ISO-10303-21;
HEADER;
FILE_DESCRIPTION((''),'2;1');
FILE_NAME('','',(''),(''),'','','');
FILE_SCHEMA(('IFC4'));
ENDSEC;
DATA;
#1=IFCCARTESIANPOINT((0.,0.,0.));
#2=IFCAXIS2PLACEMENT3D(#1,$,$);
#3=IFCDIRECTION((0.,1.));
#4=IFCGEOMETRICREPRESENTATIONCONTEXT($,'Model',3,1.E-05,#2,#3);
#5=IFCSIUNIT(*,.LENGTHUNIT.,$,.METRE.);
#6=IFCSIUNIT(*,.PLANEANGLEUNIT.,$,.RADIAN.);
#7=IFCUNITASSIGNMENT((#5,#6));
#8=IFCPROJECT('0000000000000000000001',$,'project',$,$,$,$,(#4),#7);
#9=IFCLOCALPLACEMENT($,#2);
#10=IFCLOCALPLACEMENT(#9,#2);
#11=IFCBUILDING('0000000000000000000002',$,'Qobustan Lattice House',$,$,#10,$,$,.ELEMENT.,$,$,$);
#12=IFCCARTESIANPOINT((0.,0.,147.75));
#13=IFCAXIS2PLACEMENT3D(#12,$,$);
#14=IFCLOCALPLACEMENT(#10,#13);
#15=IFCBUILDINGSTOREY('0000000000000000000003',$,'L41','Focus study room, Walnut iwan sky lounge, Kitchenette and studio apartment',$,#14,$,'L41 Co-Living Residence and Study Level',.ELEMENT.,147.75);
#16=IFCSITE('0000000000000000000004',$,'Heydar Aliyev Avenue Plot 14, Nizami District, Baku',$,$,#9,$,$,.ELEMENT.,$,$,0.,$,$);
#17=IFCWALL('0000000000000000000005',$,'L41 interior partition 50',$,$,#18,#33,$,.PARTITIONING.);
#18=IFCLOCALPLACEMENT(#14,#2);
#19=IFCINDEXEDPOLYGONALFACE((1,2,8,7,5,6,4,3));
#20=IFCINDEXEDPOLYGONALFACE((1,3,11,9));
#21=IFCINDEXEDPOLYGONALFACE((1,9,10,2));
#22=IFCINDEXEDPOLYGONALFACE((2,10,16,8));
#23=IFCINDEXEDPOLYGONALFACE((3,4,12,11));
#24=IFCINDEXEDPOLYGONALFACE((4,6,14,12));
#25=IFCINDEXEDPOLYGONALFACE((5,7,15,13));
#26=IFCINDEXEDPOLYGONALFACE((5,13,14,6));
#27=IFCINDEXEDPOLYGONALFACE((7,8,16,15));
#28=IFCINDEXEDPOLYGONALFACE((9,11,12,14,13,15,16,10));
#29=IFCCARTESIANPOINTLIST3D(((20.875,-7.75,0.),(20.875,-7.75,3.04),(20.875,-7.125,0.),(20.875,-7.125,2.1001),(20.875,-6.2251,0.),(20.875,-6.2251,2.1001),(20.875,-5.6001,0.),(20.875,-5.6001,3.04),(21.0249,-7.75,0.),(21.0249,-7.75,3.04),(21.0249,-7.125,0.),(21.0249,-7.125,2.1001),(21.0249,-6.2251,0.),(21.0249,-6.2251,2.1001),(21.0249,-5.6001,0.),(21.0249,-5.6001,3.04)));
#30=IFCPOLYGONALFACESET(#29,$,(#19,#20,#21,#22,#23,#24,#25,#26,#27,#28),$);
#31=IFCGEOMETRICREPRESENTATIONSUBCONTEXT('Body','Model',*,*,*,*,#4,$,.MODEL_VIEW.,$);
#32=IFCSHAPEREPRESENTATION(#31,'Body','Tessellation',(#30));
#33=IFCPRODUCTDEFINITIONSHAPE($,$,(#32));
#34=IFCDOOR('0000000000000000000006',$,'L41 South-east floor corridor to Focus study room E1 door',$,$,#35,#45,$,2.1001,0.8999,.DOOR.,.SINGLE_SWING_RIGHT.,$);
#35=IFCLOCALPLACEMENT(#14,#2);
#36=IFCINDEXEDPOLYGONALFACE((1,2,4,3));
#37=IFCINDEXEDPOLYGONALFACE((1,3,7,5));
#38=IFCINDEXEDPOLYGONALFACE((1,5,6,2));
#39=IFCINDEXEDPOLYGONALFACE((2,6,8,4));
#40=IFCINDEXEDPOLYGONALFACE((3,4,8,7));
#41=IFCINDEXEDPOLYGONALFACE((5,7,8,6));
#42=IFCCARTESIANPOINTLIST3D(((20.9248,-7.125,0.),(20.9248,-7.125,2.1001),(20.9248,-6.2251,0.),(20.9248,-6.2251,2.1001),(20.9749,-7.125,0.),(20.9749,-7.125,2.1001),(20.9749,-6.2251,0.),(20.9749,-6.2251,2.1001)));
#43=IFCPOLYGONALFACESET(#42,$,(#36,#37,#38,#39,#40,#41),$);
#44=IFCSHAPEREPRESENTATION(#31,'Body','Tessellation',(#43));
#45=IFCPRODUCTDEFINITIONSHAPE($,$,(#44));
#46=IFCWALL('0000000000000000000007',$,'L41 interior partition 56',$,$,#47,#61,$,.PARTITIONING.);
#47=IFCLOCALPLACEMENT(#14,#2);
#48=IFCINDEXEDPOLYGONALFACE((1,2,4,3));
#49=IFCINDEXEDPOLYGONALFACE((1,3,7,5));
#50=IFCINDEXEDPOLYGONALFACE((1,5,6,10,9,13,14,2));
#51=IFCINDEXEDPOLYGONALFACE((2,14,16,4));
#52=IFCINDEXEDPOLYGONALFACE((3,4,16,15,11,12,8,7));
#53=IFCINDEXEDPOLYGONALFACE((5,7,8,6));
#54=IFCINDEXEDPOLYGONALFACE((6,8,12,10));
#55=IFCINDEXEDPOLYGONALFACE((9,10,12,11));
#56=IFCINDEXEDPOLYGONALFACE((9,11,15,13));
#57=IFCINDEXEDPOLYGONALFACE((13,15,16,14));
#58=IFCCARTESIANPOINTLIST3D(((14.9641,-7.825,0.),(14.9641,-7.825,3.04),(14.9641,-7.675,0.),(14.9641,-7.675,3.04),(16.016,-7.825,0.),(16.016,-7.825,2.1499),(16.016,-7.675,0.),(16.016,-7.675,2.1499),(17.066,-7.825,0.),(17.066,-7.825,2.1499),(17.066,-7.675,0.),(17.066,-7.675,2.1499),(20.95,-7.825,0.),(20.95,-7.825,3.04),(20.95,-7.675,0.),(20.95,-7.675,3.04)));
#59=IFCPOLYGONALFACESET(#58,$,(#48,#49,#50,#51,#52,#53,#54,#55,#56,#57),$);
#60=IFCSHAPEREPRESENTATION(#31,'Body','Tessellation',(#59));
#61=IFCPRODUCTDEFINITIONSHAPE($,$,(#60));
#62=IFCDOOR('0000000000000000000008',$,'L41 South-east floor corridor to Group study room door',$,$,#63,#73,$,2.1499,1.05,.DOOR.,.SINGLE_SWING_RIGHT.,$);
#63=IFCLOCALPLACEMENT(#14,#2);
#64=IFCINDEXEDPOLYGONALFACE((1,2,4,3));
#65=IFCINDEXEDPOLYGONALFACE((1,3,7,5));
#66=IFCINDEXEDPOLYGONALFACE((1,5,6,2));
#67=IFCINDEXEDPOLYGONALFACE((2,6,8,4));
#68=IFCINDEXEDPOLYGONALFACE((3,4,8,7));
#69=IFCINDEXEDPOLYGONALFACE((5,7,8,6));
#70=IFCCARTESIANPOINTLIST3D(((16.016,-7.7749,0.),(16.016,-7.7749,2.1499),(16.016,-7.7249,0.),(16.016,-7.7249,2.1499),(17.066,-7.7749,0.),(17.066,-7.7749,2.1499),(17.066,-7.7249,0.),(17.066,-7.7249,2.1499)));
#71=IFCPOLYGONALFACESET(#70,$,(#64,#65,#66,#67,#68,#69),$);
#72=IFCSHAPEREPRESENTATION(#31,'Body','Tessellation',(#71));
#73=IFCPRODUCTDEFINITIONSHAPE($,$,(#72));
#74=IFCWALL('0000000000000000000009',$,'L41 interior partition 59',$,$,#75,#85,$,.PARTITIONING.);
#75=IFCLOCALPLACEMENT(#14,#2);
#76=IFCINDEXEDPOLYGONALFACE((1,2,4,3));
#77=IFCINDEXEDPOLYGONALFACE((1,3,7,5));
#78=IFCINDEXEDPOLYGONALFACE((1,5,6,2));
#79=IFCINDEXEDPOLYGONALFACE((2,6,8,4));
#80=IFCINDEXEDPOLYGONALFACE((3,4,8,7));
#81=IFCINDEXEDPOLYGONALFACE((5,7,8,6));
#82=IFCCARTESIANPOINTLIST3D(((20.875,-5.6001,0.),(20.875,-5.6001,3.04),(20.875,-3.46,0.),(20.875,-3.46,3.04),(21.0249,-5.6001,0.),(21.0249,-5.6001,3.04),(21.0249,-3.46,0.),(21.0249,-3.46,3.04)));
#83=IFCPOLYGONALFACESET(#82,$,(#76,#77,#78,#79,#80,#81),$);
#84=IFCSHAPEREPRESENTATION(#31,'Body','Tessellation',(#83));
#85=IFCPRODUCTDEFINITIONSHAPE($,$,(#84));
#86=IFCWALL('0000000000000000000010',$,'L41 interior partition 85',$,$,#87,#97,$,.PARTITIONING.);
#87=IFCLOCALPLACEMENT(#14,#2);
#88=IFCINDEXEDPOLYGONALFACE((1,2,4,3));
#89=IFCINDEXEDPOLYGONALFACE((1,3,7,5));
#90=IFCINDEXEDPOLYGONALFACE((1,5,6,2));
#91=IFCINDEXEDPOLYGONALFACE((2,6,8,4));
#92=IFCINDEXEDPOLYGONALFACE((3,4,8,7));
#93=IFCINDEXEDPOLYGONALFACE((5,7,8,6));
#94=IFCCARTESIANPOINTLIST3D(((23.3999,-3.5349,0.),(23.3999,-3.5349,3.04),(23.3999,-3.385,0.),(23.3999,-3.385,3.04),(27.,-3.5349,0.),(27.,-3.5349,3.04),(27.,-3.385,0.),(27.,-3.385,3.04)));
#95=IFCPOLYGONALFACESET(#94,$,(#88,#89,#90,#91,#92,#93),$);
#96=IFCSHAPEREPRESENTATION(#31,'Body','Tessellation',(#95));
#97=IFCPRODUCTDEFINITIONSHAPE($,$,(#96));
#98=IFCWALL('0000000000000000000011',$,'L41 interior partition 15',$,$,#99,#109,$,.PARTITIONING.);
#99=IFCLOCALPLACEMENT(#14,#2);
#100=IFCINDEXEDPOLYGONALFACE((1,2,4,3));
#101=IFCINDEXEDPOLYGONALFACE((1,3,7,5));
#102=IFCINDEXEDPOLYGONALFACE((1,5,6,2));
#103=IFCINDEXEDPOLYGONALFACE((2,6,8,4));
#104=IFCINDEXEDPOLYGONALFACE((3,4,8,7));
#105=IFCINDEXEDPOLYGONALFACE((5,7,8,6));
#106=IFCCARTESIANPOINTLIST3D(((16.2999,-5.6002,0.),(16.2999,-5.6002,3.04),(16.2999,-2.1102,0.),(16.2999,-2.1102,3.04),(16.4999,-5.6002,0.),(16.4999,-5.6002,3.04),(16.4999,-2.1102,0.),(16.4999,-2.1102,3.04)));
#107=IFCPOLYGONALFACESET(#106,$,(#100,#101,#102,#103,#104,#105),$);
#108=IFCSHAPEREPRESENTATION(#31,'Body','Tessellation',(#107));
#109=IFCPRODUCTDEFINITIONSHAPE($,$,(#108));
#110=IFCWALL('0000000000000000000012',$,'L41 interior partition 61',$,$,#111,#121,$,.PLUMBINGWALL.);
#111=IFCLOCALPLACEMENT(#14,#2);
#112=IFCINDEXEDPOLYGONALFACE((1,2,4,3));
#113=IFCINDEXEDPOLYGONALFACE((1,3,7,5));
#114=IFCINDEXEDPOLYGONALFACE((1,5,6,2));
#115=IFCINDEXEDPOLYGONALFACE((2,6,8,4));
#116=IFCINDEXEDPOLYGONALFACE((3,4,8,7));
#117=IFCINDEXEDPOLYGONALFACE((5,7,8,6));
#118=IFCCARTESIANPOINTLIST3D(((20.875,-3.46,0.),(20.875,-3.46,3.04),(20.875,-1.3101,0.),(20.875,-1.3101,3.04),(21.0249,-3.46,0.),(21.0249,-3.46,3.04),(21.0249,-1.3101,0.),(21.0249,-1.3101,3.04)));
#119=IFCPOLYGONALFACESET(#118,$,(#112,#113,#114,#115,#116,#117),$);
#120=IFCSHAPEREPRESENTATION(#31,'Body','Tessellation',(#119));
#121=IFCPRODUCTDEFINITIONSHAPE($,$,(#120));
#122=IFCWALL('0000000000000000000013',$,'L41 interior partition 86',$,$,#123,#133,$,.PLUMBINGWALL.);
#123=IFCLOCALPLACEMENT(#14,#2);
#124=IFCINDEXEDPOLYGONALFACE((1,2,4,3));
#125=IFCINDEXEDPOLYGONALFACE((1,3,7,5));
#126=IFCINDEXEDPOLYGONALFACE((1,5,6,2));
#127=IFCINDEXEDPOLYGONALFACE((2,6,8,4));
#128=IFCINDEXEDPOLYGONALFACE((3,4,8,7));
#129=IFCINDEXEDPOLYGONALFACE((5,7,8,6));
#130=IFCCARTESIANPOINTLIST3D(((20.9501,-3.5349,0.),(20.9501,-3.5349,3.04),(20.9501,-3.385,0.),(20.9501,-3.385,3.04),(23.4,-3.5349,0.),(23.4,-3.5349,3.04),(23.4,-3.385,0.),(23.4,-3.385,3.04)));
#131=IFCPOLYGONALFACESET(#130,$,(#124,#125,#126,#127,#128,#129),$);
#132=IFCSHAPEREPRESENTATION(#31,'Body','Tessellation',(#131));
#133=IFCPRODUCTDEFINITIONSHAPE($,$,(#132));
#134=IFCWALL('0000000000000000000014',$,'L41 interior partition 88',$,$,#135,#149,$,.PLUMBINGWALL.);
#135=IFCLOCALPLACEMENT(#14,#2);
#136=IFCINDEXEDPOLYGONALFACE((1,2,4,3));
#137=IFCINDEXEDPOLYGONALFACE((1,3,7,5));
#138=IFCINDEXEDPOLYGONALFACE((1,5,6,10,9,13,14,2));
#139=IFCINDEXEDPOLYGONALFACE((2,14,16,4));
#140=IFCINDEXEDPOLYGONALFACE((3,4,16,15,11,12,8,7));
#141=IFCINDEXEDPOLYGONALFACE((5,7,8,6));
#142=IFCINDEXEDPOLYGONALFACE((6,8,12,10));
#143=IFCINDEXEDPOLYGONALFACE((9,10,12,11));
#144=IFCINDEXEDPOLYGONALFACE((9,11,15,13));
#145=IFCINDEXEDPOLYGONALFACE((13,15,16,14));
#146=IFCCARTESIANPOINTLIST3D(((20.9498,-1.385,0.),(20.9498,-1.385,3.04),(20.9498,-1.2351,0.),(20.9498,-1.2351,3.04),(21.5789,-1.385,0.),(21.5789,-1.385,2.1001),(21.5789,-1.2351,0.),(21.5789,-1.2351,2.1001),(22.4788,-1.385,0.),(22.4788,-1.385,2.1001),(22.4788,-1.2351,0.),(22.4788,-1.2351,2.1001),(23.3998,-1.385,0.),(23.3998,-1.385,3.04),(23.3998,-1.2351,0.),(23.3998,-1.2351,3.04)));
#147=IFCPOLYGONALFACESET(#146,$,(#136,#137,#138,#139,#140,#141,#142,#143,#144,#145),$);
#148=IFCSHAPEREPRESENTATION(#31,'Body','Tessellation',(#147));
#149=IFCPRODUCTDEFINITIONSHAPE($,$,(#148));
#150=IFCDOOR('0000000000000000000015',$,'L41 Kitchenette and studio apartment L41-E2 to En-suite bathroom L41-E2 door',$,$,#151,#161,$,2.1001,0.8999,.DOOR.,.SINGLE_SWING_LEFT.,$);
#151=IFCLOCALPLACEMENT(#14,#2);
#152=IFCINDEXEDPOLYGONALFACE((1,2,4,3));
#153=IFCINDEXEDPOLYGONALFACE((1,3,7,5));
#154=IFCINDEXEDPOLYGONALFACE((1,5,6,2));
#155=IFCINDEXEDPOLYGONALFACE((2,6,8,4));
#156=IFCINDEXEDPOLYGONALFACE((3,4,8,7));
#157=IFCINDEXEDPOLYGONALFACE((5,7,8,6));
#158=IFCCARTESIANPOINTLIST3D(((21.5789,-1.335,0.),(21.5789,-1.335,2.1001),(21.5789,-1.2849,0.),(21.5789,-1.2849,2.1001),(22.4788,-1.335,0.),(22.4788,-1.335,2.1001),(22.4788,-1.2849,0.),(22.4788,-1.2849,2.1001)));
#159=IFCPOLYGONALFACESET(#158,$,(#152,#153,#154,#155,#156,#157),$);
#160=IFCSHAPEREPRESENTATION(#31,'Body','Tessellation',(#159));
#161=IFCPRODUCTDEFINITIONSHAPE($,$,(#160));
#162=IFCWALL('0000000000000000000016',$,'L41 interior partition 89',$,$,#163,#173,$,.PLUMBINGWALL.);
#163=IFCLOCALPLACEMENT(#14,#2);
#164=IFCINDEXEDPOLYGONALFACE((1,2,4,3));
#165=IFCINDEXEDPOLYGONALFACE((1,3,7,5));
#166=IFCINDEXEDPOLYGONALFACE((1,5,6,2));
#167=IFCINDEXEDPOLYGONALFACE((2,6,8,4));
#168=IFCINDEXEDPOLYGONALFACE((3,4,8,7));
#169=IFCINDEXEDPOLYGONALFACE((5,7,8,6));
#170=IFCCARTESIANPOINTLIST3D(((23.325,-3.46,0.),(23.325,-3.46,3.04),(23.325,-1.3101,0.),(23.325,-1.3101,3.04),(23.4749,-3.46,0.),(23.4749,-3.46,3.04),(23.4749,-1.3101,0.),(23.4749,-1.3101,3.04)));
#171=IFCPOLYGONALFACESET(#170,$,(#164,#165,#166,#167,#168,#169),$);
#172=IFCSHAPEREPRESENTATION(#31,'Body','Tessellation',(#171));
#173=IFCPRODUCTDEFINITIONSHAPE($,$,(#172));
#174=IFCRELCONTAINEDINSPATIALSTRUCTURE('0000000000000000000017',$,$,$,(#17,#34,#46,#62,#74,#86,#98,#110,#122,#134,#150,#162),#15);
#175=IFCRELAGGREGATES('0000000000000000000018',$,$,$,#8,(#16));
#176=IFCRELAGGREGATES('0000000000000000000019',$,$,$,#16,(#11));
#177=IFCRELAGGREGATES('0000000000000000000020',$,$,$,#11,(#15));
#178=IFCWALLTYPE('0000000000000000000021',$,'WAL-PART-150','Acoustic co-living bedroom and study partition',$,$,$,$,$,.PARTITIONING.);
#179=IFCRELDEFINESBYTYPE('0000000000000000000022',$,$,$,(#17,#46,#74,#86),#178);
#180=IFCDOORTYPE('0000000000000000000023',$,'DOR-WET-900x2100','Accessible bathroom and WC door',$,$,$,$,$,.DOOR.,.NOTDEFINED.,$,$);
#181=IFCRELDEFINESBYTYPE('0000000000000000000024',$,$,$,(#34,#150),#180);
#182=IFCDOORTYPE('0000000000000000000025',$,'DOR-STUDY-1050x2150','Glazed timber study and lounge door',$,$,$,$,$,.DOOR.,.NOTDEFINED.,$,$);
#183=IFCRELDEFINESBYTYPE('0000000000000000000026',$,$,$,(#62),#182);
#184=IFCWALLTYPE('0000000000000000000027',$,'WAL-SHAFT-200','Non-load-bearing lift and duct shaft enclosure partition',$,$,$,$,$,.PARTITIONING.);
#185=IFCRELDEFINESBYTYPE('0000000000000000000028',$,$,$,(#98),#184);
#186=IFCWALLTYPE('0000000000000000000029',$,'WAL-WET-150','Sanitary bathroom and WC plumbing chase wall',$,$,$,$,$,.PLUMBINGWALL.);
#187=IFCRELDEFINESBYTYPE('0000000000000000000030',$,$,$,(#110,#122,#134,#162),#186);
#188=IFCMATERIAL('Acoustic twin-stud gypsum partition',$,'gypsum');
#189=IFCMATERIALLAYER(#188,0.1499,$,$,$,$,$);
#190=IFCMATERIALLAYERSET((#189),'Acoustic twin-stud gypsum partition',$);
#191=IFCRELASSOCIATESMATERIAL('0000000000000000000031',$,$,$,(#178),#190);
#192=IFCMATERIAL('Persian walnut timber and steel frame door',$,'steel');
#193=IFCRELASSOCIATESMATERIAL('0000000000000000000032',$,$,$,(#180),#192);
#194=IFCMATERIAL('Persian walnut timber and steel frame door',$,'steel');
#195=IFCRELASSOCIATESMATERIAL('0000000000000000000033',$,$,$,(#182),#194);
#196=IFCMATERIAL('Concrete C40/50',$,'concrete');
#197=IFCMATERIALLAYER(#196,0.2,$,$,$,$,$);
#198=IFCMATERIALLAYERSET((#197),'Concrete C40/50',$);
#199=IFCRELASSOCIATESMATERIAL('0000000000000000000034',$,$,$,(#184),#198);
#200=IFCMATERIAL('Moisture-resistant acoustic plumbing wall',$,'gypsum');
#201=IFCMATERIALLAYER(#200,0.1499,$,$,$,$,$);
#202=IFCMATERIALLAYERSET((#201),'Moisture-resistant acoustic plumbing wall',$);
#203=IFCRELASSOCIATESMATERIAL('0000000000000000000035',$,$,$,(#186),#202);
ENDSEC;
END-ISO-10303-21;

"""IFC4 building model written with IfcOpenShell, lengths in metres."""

from ifc_helpers import new_model, si_unit, direction, frame, frame_2d, origin, place, context, subcontext, project, spatial, rectangle, extrude, material, layer, layer_set, type_object, element, fill, save


model = new_model("IFC4")

# Units and contexts
model_context = context("Model", 3, precision=1e-05, world=origin(), true_north=direction((0.0, 1.0)))
body_context = subcontext(model_context, "Body", "Model", "MODEL_VIEW")
ifc_project = project(units=[si_unit("LENGTHUNIT", "METRE"), si_unit("PLANEANGLEUNIT", "RADIAN")], contexts=[model_context])

# Site, building, storey
site_placement = place(None, origin())
site = spatial("IfcSite", under=ifc_project, at=site_placement, Name="Heydar Aliyev Avenue Plot 14, Nizami District, Baku", CompositionType="ELEMENT", RefElevation=0.0)
building_placement = place(site_placement, origin())
building = spatial("IfcBuilding", under=site, at=building_placement, Name="Qobustan Lattice House", CompositionType="ELEMENT")
storey_placement = place(building_placement, frame((0.0, 0.0, 147.75)))
storey = spatial("IfcBuildingStorey", under=building, at=storey_placement, Name="L41", Description="Focus study room, Walnut iwan sky lounge, Kitchenette and studio apartment", LongName="L41 Co-Living Residence and Study Level", CompositionType="ELEMENT", Elevation=147.75)

# Walls, openings, doors
ifc_material_1 = material(Name="Acoustic twin-stud gypsum partition", Category="gypsum")
ifc_layer_1 = layer(ifc_material_1, 0.1499)
ifc_layer_set_1 = layer_set([ifc_layer_1], Name="Acoustic twin-stud gypsum partition")
wall_type_1 = type_object("IfcWallType", Name="WAL-PART-150", Description="Acoustic co-living bedroom and study partition", PredefinedType="PARTITIONING", material=ifc_layer_set_1)
wall_1_placement = place(storey_placement, frame((20.95, -5.6001, 0.0), z_axis=(0.0, 0.0, 1.0), x_axis=(0.0, -1.0, 0.0)))
wall_1 = element("IfcWall", 1, at=wall_1_placement, inside=storey, type_object=wall_type_1, Name="L41 interior partition 50", PredefinedType="PARTITIONING", context=body_context, shape_type="SweptSolid", body=[
    extrude(rectangle(XDim=2.1499, YDim=0.1499, at=frame_2d((1.075, 0.0))), origin(), (0.0, 0.0, 1.0), 3.04),
])
opening_1_placement = place(wall_1_placement, frame((0.625, 0.0, 0.0)))
opening_1 = element("IfcOpeningElement", 2, at=opening_1_placement, cuts=wall_1, PredefinedType="OPENING", context=body_context, shape_type="SweptSolid", body=[
    extrude(rectangle(XDim=0.8999, YDim=2.1001, at=frame_2d((0.45, 1.05))), frame((0.0, 0.085, 0.0), z_axis=(0.0, -1.0, 0.0), x_axis=(1.0, 0.0, 0.0)), (0.0, 0.0, 1.0), 0.1699),
])
ifc_material_2 = material(Name="Persian walnut timber and steel frame door", Category="steel")
door_type_1 = type_object("IfcDoorType", Name="DOR-WET-900x2100", Description="Accessible bathroom and WC door", OperationType="NOTDEFINED", PredefinedType="DOOR", material=ifc_material_2)
door_1_placement = place(opening_1_placement, origin())
door_1 = element("IfcDoor", 3, at=door_1_placement, inside=storey, type_object=door_type_1, Name="L41 South-east floor corridor to Focus study room E1 door", OperationType="SINGLE_SWING_RIGHT", OverallHeight=2.1001, OverallWidth=0.8999, PredefinedType="DOOR", context=body_context, shape_type="SweptSolid", body=[
    extrude(rectangle(XDim=0.8999, YDim=2.1001, at=frame_2d((0.45, 1.05))), frame((0.0, 0.0249, 0.0), z_axis=(0.0, -1.0, 0.0), x_axis=(1.0, 0.0, 0.0)), (0.0, 0.0, 1.0), 0.05),
])
fill(opening_1, door_1)
wall_2_placement = place(storey_placement, frame((20.95, -7.75, 0.0), z_axis=(0.0, 0.0, 1.0), x_axis=(-1.0, 0.0, 0.0)))
wall_2 = element("IfcWall", 4, at=wall_2_placement, inside=storey, type_object=wall_type_1, Name="L41 interior partition 56", PredefinedType="PARTITIONING", context=body_context, shape_type="SweptSolid", body=[
    extrude(rectangle(XDim=5.9858, YDim=0.1499, at=frame_2d((2.9929, 0.0))), origin(), (0.0, 0.0, 1.0), 3.04),
])
opening_2_placement = place(wall_2_placement, frame((3.884, 0.0, 0.0)))
opening_2 = element("IfcOpeningElement", 5, at=opening_2_placement, cuts=wall_2, PredefinedType="OPENING", context=body_context, shape_type="SweptSolid", body=[
    extrude(rectangle(XDim=1.05, YDim=2.1499, at=frame_2d((0.5249, 1.075))), frame((0.0, 0.085, 0.0), z_axis=(0.0, -1.0, 0.0), x_axis=(1.0, 0.0, 0.0)), (0.0, 0.0, 1.0), 0.1699),
])
ifc_material_3 = material(Name="Persian walnut timber and steel frame door", Category="steel")
door_type_2 = type_object("IfcDoorType", Name="DOR-STUDY-1050x2150", Description="Glazed timber study and lounge door", OperationType="NOTDEFINED", PredefinedType="DOOR", material=ifc_material_3)
door_2_placement = place(opening_2_placement, origin())
door_2 = element("IfcDoor", 6, at=door_2_placement, inside=storey, type_object=door_type_2, Name="L41 South-east floor corridor to Group study room door", OperationType="SINGLE_SWING_RIGHT", OverallHeight=2.1499, OverallWidth=1.05, PredefinedType="DOOR", context=body_context, shape_type="SweptSolid", body=[
    extrude(rectangle(XDim=1.05, YDim=2.1499, at=frame_2d((0.5249, 1.075))), frame((0.0, 0.0249, 0.0), z_axis=(0.0, -1.0, 0.0), x_axis=(1.0, 0.0, 0.0)), (0.0, 0.0, 1.0), 0.05),
])
fill(opening_2, door_2)

# Walls
wall_3_placement = place(storey_placement, frame((20.95, -3.46, 0.0), z_axis=(0.0, 0.0, 1.0), x_axis=(0.0, -1.0, 0.0)))
element("IfcWall", 7, at=wall_3_placement, inside=storey, type_object=wall_type_1, Name="L41 interior partition 59", PredefinedType="PARTITIONING", context=body_context, shape_type="SweptSolid", body=[
    extrude(rectangle(XDim=2.1401, YDim=0.1499, at=frame_2d((1.0701, 0.0))), origin(), (0.0, 0.0, 1.0), 3.04),
])
wall_4_placement = place(storey_placement, frame((23.3999, -3.46, 0.0), z_axis=(0.0, 0.0, 1.0), x_axis=(1.0, 0.0, 0.0)))
element("IfcWall", 8, at=wall_4_placement, inside=storey, type_object=wall_type_1, Name="L41 interior partition 85", PredefinedType="PARTITIONING", context=body_context, shape_type="SweptSolid", body=[
    extrude(rectangle(XDim=3.6001, YDim=0.1499, at=frame_2d((1.8, 0.0))), origin(), (0.0, 0.0, 1.0), 3.04),
])
ifc_material_4 = material(Name="Concrete C40/50", Category="concrete")
ifc_layer_2 = layer(ifc_material_4, 0.2)
ifc_layer_set_2 = layer_set([ifc_layer_2], Name="Concrete C40/50")
wall_type_2 = type_object("IfcWallType", Name="WAL-SHAFT-200", Description="Non-load-bearing lift and duct shaft enclosure partition", PredefinedType="PARTITIONING", material=ifc_layer_set_2)
wall_5_placement = place(storey_placement, frame((16.3999, -2.1101, 0.0), z_axis=(0.0, 0.0, 1.0), x_axis=(0.0, -1.0, 0.0)))
element("IfcWall", 9, at=wall_5_placement, inside=storey, type_object=wall_type_2, Name="L41 interior partition 15", PredefinedType="PARTITIONING", context=body_context, shape_type="SweptSolid", body=[
    extrude(rectangle(XDim=3.49, YDim=0.2, at=frame_2d((1.7451, 0.0))), origin(), (0.0, 0.0, 1.0), 3.04),
])
ifc_material_5 = material(Name="Moisture-resistant acoustic plumbing wall", Category="gypsum")
ifc_layer_3 = layer(ifc_material_5, 0.1499)
ifc_layer_set_3 = layer_set([ifc_layer_3], Name="Moisture-resistant acoustic plumbing wall")
wall_type_3 = type_object("IfcWallType", Name="WAL-WET-150", Description="Sanitary bathroom and WC plumbing chase wall", PredefinedType="PLUMBINGWALL", material=ifc_layer_set_3)
wall_6_placement = place(storey_placement, frame((20.95, -1.3101, 0.0), z_axis=(0.0, 0.0, 1.0), x_axis=(0.0, -1.0, 0.0)))
element("IfcWall", 10, at=wall_6_placement, inside=storey, type_object=wall_type_3, Name="L41 interior partition 61", PredefinedType="PLUMBINGWALL", context=body_context, shape_type="SweptSolid", body=[
    extrude(rectangle(XDim=2.1499, YDim=0.1499, at=frame_2d((1.075, 0.0))), origin(), (0.0, 0.0, 1.0), 3.04),
])
wall_7_placement = place(storey_placement, frame((20.95, -3.46, 0.0), z_axis=(0.0, 0.0, 1.0), x_axis=(1.0, 0.0, 0.0)))
element("IfcWall", 11, at=wall_7_placement, inside=storey, type_object=wall_type_3, Name="L41 interior partition 86", PredefinedType="PLUMBINGWALL", context=body_context, shape_type="SweptSolid", body=[
    extrude(rectangle(XDim=2.45, YDim=0.1499, at=frame_2d((1.2251, 0.0))), origin(), (0.0, 0.0, 1.0), 3.04),
])

# Wall, opening, door
wall_8_placement = place(storey_placement, frame((23.3999, -1.3101, 0.0), z_axis=(0.0, 0.0, 1.0), x_axis=(-1.0, 0.0, 0.0)))
wall_8 = element("IfcWall", 12, at=wall_8_placement, inside=storey, type_object=wall_type_3, Name="L41 interior partition 88", PredefinedType="PLUMBINGWALL", context=body_context, shape_type="SweptSolid", body=[
    extrude(rectangle(XDim=2.45, YDim=0.1499, at=frame_2d((1.2251, 0.0))), origin(), (0.0, 0.0, 1.0), 3.04),
])
opening_3_placement = place(wall_8_placement, frame((0.9211, 0.0, 0.0)))
opening_3 = element("IfcOpeningElement", 13, at=opening_3_placement, cuts=wall_8, PredefinedType="OPENING", context=body_context, shape_type="SweptSolid", body=[
    extrude(rectangle(XDim=0.8999, YDim=2.1001, at=frame_2d((0.45, 1.05))), frame((0.0, 0.085, 0.0), z_axis=(0.0, -1.0, 0.0), x_axis=(1.0, 0.0, 0.0)), (0.0, 0.0, 1.0), 0.1699),
])
door_3_placement = place(opening_3_placement, origin())
door_3 = element("IfcDoor", 14, at=door_3_placement, inside=storey, type_object=door_type_1, Name="L41 Kitchenette and studio apartment L41-E2 to En-suite bathroom L41-E2 door", OperationType="SINGLE_SWING_LEFT", OverallHeight=2.1001, OverallWidth=0.8999, PredefinedType="DOOR", context=body_context, shape_type="SweptSolid", body=[
    extrude(rectangle(XDim=0.8999, YDim=2.1001, at=frame_2d((0.45, 1.05))), frame((0.0, 0.0249, 0.0), z_axis=(0.0, -1.0, 0.0), x_axis=(1.0, 0.0, 0.0)), (0.0, 0.0, 1.0), 0.05),
])
fill(opening_3, door_3)

# Wall
wall_9_placement = place(storey_placement, frame((23.3999, -3.46, 0.0), z_axis=(0.0, 0.0, 1.0), x_axis=(0.0, 1.0, 0.0)))
element("IfcWall", 15, at=wall_9_placement, inside=storey, type_object=wall_type_3, Name="L41 interior partition 89", PredefinedType="PLUMBINGWALL", context=body_context, shape_type="SweptSolid", body=[
    extrude(rectangle(XDim=2.1499, YDim=0.1499, at=frame_2d((1.075, 0.0))), origin(), (0.0, 0.0, 1.0), 3.04),
])

save(model, "model.ifc")
